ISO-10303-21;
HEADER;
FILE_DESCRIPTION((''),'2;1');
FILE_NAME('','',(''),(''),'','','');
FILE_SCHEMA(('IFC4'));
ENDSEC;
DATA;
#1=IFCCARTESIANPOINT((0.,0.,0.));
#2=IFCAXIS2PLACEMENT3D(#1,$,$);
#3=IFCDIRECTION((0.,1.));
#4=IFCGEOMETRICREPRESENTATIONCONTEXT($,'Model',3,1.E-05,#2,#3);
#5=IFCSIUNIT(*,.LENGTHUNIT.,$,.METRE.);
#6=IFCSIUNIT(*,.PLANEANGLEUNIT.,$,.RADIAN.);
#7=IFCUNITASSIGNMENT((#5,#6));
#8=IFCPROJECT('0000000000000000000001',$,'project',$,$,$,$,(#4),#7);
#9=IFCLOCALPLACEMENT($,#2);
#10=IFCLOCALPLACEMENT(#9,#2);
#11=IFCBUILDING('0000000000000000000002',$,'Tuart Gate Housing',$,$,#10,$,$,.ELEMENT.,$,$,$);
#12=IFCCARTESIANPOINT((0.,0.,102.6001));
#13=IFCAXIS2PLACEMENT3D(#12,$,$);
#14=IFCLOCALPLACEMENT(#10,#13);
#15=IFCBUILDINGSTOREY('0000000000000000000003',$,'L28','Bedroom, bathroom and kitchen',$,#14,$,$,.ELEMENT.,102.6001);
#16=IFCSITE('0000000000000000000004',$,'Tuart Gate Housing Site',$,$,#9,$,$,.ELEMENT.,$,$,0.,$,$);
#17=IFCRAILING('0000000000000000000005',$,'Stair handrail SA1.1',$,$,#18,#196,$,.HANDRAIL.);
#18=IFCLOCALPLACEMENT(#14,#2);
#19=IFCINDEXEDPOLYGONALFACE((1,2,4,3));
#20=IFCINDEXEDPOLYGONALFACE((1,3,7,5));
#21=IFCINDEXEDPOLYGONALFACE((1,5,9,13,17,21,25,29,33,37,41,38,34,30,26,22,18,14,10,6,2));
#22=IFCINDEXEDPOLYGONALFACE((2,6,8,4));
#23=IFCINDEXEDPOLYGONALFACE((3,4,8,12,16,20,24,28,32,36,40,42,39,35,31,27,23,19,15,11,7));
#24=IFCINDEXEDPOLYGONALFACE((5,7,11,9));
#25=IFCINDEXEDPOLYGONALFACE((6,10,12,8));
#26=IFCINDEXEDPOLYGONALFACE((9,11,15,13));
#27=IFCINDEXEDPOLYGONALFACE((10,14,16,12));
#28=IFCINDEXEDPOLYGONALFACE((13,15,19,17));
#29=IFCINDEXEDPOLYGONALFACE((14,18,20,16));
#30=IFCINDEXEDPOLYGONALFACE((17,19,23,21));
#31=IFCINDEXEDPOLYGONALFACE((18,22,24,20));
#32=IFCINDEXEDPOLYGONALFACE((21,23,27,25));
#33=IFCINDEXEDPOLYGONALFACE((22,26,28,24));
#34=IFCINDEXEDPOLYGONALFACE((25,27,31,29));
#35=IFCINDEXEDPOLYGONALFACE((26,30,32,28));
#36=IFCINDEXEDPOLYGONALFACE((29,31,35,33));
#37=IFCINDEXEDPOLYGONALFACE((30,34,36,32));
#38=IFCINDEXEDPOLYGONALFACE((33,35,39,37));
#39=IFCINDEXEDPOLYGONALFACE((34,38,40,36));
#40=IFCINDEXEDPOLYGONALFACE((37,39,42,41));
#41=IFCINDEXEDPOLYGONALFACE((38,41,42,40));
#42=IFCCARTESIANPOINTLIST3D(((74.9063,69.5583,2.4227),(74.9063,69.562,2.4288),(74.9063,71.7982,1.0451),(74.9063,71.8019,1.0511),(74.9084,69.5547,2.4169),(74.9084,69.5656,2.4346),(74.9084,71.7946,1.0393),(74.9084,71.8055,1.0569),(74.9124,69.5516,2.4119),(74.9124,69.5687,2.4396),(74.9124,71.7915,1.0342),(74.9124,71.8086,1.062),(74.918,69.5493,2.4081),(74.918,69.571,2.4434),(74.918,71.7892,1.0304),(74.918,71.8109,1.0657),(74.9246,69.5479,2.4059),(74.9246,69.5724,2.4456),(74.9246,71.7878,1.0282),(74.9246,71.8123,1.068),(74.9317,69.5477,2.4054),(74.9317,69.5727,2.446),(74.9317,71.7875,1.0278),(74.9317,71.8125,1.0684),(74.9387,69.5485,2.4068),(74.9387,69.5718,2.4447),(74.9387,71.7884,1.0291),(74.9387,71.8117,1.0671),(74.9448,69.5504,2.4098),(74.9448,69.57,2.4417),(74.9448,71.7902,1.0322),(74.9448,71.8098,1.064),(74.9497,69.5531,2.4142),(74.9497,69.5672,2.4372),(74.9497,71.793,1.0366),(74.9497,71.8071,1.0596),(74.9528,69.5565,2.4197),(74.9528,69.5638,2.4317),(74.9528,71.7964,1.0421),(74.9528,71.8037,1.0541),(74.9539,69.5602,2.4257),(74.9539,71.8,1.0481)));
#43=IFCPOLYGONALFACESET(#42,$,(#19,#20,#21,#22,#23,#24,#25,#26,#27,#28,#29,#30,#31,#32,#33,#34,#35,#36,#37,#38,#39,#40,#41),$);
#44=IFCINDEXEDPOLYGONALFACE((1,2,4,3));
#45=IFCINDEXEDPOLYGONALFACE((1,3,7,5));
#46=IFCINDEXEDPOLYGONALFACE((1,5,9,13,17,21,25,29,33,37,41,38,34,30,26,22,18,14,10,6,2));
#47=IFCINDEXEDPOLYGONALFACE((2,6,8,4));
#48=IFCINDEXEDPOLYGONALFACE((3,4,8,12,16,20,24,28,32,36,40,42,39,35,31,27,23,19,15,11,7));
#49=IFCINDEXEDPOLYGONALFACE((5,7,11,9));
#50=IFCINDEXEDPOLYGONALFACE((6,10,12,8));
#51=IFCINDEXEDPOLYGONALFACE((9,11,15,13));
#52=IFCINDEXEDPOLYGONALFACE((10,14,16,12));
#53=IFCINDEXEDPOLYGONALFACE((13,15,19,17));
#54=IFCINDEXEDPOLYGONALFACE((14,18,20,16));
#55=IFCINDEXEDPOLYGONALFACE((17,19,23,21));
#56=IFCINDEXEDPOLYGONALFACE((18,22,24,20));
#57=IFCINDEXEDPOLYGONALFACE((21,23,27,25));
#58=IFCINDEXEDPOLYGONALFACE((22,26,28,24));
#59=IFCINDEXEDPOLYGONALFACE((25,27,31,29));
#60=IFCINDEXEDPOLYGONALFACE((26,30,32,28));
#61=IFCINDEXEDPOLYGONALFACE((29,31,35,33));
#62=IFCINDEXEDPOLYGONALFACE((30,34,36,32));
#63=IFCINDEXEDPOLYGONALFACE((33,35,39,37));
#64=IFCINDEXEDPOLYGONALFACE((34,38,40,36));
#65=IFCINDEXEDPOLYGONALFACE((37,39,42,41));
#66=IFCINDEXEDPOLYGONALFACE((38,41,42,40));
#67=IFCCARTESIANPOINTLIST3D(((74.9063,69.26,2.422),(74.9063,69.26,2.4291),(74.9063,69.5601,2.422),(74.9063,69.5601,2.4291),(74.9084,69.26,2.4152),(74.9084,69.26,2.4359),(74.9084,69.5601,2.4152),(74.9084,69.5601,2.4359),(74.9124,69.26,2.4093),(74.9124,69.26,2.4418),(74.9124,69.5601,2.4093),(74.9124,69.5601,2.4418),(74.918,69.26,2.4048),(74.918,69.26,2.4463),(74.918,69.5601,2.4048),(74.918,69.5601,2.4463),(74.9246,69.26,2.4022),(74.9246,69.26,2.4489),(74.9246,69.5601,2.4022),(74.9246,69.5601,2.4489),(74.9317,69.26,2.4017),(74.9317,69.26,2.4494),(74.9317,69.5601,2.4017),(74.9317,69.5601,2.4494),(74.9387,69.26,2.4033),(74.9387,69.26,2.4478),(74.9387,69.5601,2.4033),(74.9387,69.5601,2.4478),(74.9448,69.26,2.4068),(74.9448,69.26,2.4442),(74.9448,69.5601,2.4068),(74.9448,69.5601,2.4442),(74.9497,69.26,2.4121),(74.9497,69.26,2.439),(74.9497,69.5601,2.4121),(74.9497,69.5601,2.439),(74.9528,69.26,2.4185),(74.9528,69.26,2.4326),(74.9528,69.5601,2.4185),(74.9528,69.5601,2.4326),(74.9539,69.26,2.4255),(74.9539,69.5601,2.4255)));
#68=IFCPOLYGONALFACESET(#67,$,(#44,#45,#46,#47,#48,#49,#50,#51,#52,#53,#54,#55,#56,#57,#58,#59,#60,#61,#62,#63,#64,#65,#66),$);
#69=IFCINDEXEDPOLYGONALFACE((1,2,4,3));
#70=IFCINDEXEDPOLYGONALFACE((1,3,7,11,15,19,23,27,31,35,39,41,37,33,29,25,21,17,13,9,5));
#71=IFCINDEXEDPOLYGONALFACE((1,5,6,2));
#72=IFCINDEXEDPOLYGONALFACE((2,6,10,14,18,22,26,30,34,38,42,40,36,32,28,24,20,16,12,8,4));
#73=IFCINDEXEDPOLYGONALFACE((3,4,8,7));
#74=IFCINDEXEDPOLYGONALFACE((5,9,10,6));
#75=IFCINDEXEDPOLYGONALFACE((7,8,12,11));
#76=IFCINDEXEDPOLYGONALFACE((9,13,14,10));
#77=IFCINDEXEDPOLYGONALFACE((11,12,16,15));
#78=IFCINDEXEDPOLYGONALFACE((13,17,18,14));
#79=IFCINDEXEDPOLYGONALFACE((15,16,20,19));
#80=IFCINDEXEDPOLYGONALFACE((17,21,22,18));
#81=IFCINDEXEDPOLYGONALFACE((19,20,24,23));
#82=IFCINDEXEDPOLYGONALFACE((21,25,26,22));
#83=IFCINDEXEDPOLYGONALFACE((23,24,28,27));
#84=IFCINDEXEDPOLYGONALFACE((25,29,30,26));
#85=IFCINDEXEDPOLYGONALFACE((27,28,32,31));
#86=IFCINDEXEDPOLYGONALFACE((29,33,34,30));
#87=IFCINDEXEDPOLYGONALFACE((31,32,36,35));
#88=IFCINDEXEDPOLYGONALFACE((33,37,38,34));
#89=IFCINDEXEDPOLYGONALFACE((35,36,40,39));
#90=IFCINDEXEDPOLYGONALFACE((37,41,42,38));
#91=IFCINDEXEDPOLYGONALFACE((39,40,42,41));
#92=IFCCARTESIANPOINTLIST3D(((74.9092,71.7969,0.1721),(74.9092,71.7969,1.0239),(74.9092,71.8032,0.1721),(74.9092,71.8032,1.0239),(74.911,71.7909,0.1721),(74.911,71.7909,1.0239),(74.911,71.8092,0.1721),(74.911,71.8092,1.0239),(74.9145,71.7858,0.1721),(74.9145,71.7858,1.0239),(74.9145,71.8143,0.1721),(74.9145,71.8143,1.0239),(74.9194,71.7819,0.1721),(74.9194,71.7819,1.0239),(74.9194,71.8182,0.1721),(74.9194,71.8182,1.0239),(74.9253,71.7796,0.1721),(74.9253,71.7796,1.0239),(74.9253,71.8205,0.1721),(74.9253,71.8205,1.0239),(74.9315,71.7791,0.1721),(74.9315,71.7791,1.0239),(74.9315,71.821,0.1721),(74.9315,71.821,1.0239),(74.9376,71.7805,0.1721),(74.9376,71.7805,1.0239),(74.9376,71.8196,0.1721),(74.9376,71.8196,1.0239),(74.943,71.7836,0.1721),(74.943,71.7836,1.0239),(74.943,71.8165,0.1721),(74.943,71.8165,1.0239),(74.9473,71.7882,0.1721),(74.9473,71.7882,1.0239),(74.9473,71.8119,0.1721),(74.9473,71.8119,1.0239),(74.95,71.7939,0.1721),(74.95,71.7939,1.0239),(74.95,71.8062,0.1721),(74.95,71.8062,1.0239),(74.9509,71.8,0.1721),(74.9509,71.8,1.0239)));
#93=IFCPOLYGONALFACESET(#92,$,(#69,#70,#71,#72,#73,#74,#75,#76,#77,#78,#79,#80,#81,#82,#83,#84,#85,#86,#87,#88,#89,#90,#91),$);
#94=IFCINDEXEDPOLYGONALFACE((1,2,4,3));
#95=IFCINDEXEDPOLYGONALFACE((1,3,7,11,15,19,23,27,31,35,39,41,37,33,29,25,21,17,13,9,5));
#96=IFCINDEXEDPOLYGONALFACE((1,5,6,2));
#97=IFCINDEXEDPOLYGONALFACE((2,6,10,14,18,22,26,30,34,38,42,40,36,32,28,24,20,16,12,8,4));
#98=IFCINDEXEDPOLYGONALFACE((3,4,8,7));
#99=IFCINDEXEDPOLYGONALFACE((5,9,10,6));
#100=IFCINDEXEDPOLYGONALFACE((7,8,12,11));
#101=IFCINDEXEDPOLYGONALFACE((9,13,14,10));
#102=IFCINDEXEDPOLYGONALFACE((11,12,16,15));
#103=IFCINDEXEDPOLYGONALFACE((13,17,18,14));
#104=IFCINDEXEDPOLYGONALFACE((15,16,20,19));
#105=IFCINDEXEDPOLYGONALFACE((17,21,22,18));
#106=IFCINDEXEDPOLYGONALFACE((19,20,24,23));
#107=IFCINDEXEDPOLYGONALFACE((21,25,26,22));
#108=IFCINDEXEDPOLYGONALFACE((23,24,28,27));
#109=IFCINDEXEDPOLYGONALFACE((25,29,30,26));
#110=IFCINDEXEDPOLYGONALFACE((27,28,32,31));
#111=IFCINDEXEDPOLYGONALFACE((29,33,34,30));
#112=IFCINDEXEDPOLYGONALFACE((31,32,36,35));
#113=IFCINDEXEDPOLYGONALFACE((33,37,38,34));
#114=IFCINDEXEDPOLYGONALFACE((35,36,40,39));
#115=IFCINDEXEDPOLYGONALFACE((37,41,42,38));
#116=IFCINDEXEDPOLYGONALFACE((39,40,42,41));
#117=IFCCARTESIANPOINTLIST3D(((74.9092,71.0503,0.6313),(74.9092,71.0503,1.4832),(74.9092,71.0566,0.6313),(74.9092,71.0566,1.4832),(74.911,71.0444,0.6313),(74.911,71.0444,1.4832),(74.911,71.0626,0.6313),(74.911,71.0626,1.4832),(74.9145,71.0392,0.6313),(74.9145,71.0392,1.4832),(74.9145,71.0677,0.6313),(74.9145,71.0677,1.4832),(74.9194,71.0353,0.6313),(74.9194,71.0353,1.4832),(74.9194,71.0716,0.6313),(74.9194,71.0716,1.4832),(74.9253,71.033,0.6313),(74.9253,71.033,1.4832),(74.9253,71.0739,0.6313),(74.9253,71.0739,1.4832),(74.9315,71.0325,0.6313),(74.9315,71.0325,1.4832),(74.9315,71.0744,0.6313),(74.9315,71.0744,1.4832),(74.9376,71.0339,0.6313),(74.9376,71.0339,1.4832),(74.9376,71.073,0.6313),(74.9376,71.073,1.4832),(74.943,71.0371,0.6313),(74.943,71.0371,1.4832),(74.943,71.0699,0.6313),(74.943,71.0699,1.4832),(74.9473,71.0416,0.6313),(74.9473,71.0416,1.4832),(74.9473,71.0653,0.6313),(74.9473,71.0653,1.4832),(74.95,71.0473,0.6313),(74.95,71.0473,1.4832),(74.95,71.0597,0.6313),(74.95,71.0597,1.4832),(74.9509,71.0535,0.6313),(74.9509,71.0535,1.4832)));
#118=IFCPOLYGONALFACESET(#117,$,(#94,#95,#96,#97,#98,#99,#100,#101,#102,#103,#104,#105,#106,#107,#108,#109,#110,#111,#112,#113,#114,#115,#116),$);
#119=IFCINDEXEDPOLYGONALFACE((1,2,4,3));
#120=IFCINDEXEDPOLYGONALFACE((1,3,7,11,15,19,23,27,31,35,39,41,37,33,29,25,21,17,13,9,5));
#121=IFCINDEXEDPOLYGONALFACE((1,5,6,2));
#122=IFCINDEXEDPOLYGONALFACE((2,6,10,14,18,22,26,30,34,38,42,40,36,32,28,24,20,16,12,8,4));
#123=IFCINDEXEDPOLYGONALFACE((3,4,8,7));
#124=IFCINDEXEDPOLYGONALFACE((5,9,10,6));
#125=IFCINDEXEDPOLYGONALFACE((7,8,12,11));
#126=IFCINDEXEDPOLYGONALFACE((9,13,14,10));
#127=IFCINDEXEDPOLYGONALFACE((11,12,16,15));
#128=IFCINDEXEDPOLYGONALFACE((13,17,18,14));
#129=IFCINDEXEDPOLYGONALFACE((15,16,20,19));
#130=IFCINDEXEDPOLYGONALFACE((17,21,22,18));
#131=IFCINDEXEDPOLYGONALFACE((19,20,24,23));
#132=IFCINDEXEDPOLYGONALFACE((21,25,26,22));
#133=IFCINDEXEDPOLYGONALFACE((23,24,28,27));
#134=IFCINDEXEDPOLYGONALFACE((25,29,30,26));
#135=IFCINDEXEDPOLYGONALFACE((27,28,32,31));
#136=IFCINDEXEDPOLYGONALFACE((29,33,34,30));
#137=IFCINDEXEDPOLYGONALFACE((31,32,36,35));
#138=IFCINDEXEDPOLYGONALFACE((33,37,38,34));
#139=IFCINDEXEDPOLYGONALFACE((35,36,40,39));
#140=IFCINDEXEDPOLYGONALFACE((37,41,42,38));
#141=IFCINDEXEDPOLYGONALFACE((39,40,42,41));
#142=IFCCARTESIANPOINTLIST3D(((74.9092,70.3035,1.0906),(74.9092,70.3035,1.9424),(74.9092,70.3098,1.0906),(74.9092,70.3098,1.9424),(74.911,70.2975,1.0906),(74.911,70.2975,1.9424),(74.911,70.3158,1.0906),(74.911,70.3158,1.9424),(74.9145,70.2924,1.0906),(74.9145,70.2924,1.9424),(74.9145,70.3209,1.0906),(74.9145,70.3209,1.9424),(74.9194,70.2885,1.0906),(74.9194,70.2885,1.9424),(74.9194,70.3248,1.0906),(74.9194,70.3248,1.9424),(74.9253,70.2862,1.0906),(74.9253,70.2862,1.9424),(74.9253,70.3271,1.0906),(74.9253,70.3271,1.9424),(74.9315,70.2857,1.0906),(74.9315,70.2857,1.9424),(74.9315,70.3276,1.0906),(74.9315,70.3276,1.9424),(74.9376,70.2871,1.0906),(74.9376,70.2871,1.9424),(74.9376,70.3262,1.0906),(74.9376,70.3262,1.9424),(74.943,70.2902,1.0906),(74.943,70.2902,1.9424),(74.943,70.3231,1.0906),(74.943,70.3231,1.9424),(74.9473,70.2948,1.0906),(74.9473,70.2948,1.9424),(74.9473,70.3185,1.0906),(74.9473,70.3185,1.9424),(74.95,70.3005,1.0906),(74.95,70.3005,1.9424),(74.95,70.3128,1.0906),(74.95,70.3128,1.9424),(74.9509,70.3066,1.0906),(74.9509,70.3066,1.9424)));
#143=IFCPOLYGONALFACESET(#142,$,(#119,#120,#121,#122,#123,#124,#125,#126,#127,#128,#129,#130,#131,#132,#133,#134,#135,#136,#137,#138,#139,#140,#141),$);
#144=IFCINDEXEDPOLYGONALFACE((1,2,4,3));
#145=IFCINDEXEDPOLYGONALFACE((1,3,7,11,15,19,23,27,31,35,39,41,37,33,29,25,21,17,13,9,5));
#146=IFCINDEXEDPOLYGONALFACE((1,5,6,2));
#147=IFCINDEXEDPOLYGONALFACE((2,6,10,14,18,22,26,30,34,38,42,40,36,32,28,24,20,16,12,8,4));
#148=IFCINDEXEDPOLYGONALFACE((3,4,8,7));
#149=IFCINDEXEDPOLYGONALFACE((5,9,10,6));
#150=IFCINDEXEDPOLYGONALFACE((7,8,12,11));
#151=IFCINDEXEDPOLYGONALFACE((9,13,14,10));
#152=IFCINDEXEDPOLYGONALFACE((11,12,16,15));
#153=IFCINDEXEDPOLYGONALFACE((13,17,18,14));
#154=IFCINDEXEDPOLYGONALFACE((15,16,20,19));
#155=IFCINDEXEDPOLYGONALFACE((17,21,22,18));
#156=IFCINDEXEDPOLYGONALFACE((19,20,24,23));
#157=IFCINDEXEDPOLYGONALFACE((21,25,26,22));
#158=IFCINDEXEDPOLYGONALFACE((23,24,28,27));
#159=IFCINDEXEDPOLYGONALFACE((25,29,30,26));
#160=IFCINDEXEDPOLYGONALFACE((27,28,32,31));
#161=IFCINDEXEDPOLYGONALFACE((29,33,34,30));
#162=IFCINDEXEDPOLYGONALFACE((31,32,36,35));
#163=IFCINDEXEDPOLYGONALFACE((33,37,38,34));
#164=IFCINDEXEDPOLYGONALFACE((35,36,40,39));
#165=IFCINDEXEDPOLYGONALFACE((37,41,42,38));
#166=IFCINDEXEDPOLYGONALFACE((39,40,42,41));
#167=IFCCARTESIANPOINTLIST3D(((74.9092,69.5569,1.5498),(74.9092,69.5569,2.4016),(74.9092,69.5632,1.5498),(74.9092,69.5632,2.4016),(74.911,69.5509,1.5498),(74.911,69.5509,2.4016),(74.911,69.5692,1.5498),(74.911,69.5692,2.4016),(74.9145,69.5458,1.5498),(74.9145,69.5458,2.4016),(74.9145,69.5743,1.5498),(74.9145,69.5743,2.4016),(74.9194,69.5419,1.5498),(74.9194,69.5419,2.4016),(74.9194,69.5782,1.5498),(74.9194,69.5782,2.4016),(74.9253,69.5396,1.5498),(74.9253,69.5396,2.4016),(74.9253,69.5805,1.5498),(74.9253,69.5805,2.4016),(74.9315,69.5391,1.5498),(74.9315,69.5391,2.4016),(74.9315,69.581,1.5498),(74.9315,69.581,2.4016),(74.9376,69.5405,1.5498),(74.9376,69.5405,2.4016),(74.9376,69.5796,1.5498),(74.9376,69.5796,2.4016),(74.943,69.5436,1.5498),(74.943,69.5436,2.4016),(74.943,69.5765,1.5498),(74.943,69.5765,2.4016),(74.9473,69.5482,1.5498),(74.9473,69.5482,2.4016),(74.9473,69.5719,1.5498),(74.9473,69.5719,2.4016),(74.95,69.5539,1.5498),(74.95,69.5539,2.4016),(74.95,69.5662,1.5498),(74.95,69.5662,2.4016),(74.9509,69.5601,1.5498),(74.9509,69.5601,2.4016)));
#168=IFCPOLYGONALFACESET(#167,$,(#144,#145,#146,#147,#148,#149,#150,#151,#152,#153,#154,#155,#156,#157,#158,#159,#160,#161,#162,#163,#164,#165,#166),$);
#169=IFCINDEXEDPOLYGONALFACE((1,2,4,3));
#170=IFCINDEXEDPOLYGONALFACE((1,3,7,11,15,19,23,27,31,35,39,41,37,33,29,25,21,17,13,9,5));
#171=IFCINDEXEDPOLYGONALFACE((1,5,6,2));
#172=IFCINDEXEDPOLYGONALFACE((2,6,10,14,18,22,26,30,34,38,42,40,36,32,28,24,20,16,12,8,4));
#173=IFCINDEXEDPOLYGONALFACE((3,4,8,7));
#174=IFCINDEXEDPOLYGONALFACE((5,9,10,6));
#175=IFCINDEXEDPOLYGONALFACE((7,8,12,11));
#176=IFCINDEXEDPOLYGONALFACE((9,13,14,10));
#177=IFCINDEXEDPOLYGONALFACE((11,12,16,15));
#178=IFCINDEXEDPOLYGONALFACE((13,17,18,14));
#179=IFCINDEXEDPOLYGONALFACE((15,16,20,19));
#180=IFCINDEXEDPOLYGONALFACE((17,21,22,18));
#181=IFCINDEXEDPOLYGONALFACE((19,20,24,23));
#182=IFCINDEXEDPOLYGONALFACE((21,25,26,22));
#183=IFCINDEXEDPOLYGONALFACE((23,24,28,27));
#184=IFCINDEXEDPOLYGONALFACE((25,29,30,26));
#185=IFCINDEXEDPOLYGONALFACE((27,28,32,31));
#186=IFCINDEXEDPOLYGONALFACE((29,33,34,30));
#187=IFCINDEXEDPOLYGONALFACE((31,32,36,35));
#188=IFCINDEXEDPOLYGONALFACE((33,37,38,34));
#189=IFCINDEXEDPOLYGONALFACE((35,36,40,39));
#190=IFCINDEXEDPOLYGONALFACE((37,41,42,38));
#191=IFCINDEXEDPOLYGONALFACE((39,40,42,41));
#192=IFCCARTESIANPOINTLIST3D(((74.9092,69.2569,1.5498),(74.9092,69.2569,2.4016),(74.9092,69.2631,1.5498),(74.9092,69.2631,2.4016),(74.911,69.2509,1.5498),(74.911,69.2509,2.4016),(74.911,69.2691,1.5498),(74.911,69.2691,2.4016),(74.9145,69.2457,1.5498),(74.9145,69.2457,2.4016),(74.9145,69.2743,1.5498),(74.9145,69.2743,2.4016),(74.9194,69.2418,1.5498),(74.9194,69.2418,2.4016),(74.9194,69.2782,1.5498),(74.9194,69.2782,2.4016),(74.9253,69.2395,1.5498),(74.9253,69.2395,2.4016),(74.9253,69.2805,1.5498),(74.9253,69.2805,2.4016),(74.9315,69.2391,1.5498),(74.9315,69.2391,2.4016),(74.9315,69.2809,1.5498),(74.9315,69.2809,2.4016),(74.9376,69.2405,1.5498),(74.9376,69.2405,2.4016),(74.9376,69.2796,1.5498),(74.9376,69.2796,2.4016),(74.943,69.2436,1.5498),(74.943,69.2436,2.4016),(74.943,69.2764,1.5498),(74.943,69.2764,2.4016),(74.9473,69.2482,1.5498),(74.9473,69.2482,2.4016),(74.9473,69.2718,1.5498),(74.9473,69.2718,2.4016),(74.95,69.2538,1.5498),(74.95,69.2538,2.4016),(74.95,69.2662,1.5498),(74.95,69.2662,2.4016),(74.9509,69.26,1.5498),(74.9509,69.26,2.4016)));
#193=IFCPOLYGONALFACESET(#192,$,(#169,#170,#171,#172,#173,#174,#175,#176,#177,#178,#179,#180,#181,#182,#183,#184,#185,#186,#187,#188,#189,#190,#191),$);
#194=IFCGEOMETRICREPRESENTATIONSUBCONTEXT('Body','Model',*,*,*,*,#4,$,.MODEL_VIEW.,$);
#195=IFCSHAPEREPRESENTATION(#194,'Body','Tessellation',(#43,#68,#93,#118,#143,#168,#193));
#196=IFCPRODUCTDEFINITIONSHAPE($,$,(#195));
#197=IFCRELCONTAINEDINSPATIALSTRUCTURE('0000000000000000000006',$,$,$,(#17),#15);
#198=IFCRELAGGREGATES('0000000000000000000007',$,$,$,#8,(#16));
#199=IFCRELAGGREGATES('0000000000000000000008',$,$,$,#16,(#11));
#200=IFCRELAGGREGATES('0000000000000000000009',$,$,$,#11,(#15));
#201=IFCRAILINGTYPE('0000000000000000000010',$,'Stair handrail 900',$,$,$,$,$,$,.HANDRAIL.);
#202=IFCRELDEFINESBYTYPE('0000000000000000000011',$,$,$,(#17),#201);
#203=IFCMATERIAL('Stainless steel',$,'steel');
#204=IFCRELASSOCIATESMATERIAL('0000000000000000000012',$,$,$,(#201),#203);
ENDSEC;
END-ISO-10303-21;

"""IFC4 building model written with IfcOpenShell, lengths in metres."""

from ifc_helpers import new_model, si_unit, direction, frame, origin, origin_2d, place, context, subcontext, project, spatial, circle, extrude, material, type_object, element, save


model = new_model("IFC4")

# Units and contexts
model_context = context("Model", 3, precision=1e-05, world=origin(), true_north=direction((0.0, 1.0)))
body_context = subcontext(model_context, "Body", "Model", "MODEL_VIEW")
ifc_project = project(units=[si_unit("LENGTHUNIT", "METRE"), si_unit("PLANEANGLEUNIT", "RADIAN")], contexts=[model_context])

# Site, building, storey
site_placement = place(None, origin())
site = spatial("IfcSite", under=ifc_project, at=site_placement, Name="Tuart Gate Housing Site", CompositionType="ELEMENT", RefElevation=0.0)
building_placement = place(site_placement, origin())
building = spatial("IfcBuilding", under=site, at=building_placement, Name="Tuart Gate Housing", CompositionType="ELEMENT")
storey_placement = place(building_placement, frame((0.0, 0.0, 102.6001)))
storey = spatial("IfcBuildingStorey", under=building, at=storey_placement, Name="L28", Description="Bedroom, bathroom and kitchen", CompositionType="ELEMENT", Elevation=102.6001)

# Railing
ifc_material = material(Name="Stainless steel", Category="steel")
railing_type = type_object("IfcRailingType", Name="Stair handrail 900", PredefinedType="HANDRAIL", material=ifc_material)
railing_placement = place(storey_placement, frame((74.9299, 71.8, 0.1721)))
element("IfcRailing", 1, at=railing_placement, inside=storey, type_object=railing_type, Name="Stair handrail SA1.1", PredefinedType="HANDRAIL", context=body_context, shape_type="SweptSolid", body=[
    extrude(circle(Radius=0.0239, at=origin_2d()), frame((0.0, 0.0, 0.876), z_axis=(0.0, -0.851789, 0.523885), x_axis=(1.0, 0.0, 0.0)), (0.0, 0.0, 1.0), 2.6296),
    extrude(circle(Radius=0.0239, at=origin_2d()), frame((0.0, -2.24, 2.2534), z_axis=(0.0, -1.0, 0.0), x_axis=(1.0, 0.0, 0.0)), (0.0, 0.0, 1.0), 0.3),
    extrude(circle(Radius=0.021, at=origin_2d()), origin(), (0.0, 0.0, 1.0), 0.8518),
    extrude(circle(Radius=0.021, at=origin_2d()), frame((0.0, -0.7466, 0.4592)), (0.0, 0.0, 1.0), 0.8518),
    extrude(circle(Radius=0.021, at=origin_2d()), frame((0.0, -1.4934, 0.9185)), (0.0, 0.0, 1.0), 0.8518),
    extrude(circle(Radius=0.021, at=origin_2d()), frame((0.0, -2.24, 1.3777)), (0.0, 0.0, 1.0), 0.8518),
    extrude(circle(Radius=0.021, at=origin_2d()), frame((0.0, -2.54, 1.3777)), (0.0, 0.0, 1.0), 0.8518),
])

save(model, "model.ifc")
